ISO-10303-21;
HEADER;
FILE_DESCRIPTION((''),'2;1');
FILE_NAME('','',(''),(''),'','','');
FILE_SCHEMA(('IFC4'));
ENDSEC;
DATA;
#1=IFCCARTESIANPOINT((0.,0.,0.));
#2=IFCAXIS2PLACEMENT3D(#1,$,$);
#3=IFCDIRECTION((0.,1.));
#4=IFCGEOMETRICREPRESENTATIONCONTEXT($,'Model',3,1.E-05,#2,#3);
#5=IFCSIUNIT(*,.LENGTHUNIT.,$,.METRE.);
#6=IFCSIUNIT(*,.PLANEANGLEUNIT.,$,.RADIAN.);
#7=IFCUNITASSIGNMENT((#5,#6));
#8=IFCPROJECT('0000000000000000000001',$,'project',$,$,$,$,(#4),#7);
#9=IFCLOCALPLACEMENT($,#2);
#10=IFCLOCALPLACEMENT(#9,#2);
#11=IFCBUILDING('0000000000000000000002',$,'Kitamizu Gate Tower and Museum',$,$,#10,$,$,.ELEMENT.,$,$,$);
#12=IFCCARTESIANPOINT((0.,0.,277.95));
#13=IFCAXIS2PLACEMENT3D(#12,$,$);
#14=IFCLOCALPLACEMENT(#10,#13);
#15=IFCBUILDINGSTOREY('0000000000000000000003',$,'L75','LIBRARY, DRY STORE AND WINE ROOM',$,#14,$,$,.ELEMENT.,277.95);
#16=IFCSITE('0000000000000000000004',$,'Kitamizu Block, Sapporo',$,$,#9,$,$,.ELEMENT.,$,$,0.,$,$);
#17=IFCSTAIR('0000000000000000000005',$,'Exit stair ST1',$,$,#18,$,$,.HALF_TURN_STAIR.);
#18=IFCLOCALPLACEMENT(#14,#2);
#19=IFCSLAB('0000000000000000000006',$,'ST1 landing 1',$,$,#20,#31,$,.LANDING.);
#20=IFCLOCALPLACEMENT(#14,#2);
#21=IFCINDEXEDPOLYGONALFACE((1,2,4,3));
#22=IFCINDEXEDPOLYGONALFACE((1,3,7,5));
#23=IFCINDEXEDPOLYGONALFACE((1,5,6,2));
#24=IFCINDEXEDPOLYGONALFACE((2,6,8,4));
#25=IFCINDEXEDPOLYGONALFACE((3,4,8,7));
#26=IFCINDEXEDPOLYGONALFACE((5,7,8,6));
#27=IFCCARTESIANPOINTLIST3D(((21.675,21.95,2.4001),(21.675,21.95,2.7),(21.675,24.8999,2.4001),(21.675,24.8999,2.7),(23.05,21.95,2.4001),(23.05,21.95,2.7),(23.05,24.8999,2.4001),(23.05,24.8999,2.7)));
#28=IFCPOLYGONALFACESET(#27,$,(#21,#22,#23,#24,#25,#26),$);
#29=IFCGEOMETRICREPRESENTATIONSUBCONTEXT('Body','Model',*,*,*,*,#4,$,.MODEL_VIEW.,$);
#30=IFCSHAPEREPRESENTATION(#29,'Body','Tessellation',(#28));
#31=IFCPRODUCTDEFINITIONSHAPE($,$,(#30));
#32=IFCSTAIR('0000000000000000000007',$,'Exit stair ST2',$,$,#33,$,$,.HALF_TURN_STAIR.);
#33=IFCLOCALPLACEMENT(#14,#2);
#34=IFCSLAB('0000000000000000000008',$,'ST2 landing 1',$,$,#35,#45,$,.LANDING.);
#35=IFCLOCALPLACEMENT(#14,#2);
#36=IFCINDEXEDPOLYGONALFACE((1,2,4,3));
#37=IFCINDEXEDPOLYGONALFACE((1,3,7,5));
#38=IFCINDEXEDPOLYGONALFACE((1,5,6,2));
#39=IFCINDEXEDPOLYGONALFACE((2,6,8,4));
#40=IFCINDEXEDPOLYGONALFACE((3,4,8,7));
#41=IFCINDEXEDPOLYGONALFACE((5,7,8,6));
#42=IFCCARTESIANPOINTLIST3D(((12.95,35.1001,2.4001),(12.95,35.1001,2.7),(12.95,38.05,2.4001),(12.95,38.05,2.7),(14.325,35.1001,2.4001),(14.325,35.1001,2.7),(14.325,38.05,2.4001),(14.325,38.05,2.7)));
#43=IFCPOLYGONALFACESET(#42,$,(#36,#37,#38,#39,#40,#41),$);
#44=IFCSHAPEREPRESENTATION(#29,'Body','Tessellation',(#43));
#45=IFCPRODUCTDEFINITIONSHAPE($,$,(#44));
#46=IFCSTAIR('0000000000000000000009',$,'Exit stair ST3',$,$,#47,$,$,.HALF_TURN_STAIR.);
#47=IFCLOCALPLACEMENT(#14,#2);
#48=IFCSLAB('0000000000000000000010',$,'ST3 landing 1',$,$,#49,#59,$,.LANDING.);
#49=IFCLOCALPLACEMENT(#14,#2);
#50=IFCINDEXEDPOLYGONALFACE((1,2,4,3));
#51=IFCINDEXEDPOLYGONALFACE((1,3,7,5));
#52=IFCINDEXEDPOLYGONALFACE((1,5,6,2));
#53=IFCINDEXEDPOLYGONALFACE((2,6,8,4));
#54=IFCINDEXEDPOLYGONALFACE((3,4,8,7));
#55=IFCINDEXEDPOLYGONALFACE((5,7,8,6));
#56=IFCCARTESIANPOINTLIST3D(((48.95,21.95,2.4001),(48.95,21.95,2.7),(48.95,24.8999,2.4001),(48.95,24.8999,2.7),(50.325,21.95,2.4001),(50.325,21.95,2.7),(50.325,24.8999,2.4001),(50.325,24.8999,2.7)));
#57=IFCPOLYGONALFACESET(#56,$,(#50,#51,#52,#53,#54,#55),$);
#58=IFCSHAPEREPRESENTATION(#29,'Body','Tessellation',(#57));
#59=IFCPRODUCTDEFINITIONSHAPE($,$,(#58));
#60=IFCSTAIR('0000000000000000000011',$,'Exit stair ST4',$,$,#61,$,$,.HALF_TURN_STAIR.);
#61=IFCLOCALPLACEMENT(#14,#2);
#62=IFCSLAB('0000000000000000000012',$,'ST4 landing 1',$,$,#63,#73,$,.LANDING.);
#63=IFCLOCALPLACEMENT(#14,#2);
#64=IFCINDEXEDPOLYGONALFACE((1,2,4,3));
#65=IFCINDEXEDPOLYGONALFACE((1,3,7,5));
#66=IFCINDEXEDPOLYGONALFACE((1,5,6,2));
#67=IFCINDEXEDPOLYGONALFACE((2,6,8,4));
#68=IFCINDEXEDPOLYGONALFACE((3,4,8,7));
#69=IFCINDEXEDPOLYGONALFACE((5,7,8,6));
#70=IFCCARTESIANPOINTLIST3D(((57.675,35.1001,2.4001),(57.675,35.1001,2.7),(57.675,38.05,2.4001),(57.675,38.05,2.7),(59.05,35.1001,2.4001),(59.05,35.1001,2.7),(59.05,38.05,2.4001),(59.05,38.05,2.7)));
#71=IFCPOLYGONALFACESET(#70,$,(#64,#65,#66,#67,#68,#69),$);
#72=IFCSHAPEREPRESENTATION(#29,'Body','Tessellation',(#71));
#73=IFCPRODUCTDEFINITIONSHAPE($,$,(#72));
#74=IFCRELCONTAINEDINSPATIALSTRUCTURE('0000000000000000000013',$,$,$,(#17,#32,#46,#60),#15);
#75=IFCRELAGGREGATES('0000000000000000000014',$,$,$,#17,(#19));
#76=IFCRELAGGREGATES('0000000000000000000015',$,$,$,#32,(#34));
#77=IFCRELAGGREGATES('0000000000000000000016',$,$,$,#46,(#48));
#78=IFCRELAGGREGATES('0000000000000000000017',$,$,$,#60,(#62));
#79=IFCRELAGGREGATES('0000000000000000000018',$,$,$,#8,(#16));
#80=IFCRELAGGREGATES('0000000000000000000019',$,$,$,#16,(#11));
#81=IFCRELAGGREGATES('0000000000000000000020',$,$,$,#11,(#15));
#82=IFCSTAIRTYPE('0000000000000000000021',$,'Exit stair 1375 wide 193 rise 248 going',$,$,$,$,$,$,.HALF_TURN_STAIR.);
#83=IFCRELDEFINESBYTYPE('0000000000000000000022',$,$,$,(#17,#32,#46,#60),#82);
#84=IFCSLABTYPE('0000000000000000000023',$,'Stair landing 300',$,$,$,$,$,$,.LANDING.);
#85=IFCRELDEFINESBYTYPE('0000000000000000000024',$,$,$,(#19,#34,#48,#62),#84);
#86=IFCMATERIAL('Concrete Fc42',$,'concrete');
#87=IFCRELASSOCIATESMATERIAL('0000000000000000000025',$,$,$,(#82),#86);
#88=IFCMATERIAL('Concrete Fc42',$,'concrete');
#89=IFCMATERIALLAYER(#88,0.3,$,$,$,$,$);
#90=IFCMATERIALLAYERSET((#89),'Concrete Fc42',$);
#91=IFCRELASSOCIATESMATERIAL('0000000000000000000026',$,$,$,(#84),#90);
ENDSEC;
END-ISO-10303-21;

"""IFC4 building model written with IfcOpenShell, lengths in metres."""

from ifc_helpers import new_model, si_unit, direction, frame, origin, place, context, subcontext, project, spatial, polyline, outline, extrude, material, layer, layer_set, type_object, element, aggregate, save


model = new_model("IFC4")

# Units and contexts
model_context = context("Model", 3, precision=1e-05, world=origin(), true_north=direction((0.0, 1.0)))
body_context = subcontext(model_context, "Body", "Model", "MODEL_VIEW")
ifc_project = project(units=[si_unit("LENGTHUNIT", "METRE"), si_unit("PLANEANGLEUNIT", "RADIAN")], contexts=[model_context])

# Site, building, storey
site_placement = place(None, origin())
site = spatial("IfcSite", under=ifc_project, at=site_placement, Name="Kitamizu Block, Sapporo", CompositionType="ELEMENT", RefElevation=0.0)
building_placement = place(site_placement, origin())
building = spatial("IfcBuilding", under=site, at=building_placement, Name="Kitamizu Gate Tower and Museum", CompositionType="ELEMENT")
storey_placement = place(building_placement, frame((0.0, 0.0, 277.95)))
storey = spatial("IfcBuildingStorey", under=building, at=storey_placement, Name="L75", Description="LIBRARY, DRY STORE AND WINE ROOM", CompositionType="ELEMENT", Elevation=277.95)

# Stairs, slabs
ifc_material_1 = material(Name="Concrete Fc42", Category="concrete")
stair_type = type_object("IfcStairType", Name="Exit stair 1375 wide 193 rise 248 going", PredefinedType="HALF_TURN_STAIR", material=ifc_material_1)
stair_1_placement = place(storey_placement, origin())
stair_1 = element("IfcStair", 1, at=stair_1_placement, inside=storey, type_object=stair_type, Name="Exit stair ST1", PredefinedType="HALF_TURN_STAIR")
ifc_material_2 = material(Name="Concrete Fc42", Category="concrete")
ifc_layer_1 = layer(ifc_material_2, 0.3)
ifc_layer_set_1 = layer_set([ifc_layer_1], Name="Concrete Fc42")
slab_type_1 = type_object("IfcSlabType", Name="Stair landing 300", PredefinedType="LANDING", material=ifc_layer_set_1)
slab_1_placement = place(storey_placement, frame((0.0, 0.0, 2.4001)))
slab_1 = element("IfcSlab", 2, at=slab_1_placement, type_object=slab_type_1, Name="ST1 landing 1", PredefinedType="LANDING", context=body_context, shape_type="SweptSolid", body=[
    extrude(outline(polyline([(21.675, 21.95), (23.05, 21.95), (23.05, 24.8999), (21.675, 24.8999), (21.675, 21.95)])), origin(), (0.0, 0.0, 1.0), 0.2998),
])
aggregate(stair_1, [slab_1])
stair_2_placement = place(storey_placement, origin())
stair_2 = element("IfcStair", 3, at=stair_2_placement, inside=storey, type_object=stair_type, Name="Exit stair ST2", PredefinedType="HALF_TURN_STAIR")
slab_2_placement = place(storey_placement, frame((0.0, 0.0, 2.4001)))
slab_2 = element("IfcSlab", 4, at=slab_2_placement, type_object=slab_type_1, Name="ST2 landing 1", PredefinedType="LANDING", context=body_context, shape_type="SweptSolid", body=[
    extrude(outline(polyline([(12.95, 35.1001), (14.325, 35.1001), (14.325, 38.05), (12.95, 38.05), (12.95, 35.1001)])), origin(), (0.0, 0.0, 1.0), 0.2998),
])
aggregate(stair_2, [slab_2])
stair_3_placement = place(storey_placement, origin())
stair_3 = element("IfcStair", 5, at=stair_3_placement, inside=storey, type_object=stair_type, Name="Exit stair ST3", PredefinedType="HALF_TURN_STAIR")
slab_3_placement = place(storey_placement, frame((0.0, 0.0, 2.4001)))
slab_3 = element("IfcSlab", 6, at=slab_3_placement, type_object=slab_type_1, Name="ST3 landing 1", PredefinedType="LANDING", context=body_context, shape_type="SweptSolid", body=[
    extrude(outline(polyline([(48.95, 21.95), (50.325, 21.95), (50.325, 24.8999), (48.95, 24.8999), (48.95, 21.95)])), origin(), (0.0, 0.0, 1.0), 0.2998),
])
aggregate(stair_3, [slab_3])
stair_4_placement = place(storey_placement, origin())
stair_4 = element("IfcStair", 7, at=stair_4_placement, inside=storey, type_object=stair_type, Name="Exit stair ST4", PredefinedType="HALF_TURN_STAIR")
slab_4_placement = place(storey_placement, frame((0.0, 0.0, 2.4001)))
slab_4 = element("IfcSlab", 8, at=slab_4_placement, type_object=slab_type_1, Name="ST4 landing 1", PredefinedType="LANDING", context=body_context, shape_type="SweptSolid", body=[
    extrude(outline(polyline([(57.675, 35.1001), (59.05, 35.1001), (59.05, 38.05), (57.675, 38.05), (57.675, 35.1001)])), origin(), (0.0, 0.0, 1.0), 0.2998),
])
aggregate(stair_4, [slab_4])

save(model, "model.ifc")
